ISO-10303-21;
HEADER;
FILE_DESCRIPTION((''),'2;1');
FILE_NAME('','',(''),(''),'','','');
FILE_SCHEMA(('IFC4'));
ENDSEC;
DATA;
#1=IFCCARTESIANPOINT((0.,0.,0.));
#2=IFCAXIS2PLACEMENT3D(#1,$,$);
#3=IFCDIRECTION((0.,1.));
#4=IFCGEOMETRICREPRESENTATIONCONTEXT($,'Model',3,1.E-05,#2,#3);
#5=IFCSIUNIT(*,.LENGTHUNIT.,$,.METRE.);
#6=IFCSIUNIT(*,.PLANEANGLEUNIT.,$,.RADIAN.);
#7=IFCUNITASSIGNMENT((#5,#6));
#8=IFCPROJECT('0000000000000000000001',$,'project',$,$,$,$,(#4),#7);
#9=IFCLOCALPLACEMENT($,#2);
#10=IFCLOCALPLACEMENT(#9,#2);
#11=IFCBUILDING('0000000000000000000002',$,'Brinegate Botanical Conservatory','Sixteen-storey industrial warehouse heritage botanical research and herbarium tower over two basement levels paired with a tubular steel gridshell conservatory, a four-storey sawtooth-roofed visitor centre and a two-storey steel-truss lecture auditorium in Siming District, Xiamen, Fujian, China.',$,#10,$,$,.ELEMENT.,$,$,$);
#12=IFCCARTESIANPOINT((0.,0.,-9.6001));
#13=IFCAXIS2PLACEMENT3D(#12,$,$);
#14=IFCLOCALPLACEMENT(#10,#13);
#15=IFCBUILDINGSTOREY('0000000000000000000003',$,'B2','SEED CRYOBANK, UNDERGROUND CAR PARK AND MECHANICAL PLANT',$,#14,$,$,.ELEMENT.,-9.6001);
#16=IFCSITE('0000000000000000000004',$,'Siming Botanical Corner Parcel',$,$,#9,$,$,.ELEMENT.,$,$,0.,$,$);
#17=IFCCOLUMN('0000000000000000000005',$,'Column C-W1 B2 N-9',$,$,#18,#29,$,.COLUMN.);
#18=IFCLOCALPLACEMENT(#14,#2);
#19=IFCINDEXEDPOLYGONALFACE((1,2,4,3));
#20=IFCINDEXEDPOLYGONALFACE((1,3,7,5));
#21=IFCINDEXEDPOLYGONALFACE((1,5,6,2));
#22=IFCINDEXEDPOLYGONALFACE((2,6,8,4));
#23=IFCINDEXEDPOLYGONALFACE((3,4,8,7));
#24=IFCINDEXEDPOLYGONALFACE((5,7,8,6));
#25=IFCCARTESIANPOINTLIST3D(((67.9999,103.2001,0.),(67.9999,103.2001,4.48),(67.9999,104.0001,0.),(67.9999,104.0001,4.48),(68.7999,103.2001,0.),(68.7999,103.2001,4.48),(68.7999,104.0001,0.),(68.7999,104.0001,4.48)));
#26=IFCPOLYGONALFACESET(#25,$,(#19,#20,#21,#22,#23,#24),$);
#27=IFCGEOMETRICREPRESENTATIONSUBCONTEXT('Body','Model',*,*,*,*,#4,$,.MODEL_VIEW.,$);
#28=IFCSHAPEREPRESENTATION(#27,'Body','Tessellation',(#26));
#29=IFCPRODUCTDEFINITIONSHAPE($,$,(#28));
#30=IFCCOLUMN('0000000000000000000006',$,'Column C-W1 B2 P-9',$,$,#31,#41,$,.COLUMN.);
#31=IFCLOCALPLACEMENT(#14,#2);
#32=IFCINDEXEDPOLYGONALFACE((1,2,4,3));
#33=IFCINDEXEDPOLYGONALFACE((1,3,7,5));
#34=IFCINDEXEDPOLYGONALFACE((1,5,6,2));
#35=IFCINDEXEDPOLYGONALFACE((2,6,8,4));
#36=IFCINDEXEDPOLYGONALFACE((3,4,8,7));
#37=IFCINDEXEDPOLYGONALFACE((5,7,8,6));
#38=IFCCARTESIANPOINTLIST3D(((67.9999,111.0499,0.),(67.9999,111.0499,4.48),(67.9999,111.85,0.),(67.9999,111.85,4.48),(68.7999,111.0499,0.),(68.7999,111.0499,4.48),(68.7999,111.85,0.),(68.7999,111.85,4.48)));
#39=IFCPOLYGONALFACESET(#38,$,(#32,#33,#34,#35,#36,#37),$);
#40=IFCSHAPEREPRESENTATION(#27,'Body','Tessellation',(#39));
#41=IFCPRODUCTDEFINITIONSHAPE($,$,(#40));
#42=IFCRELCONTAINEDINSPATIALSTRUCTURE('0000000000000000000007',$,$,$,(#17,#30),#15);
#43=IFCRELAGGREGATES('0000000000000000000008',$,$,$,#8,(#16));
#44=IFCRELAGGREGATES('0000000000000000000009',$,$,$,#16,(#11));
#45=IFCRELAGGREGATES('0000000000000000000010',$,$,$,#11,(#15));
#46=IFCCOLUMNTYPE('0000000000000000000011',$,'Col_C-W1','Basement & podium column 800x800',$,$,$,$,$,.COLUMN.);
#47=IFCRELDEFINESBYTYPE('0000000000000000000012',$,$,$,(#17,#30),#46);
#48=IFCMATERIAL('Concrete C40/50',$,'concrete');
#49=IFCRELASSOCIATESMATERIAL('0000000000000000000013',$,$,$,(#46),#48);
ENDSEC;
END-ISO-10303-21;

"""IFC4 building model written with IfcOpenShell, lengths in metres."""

from ifc_helpers import new_model, si_unit, direction, frame, origin, origin_2d, place, context, subcontext, project, spatial, rectangle, extrude, material, material_profile, profile_set, type_object, element, save


model = new_model("IFC4")

# Units and contexts
model_context = context("Model", 3, precision=1e-05, world=origin(), true_north=direction((0.0, 1.0)))
body_context = subcontext(model_context, "Body", "Model", "MODEL_VIEW")
ifc_project = project(units=[si_unit("LENGTHUNIT", "METRE"), si_unit("PLANEANGLEUNIT", "RADIAN")], contexts=[model_context])

# Site, building, storey
site_placement = place(None, origin())
site = spatial("IfcSite", under=ifc_project, at=site_placement, Name="Siming Botanical Corner Parcel", CompositionType="ELEMENT", RefElevation=0.0)
building_placement = place(site_placement, origin())
building = spatial("IfcBuilding", under=site, at=building_placement, Name="Brinegate Botanical Conservatory", Description="Sixteen-storey industrial warehouse heritage botanical research and herbarium tower over two basement levels paired with a tubular steel gridshell conservatory, a four-storey sawtooth-roofed visitor centre and a two-storey steel-truss lecture auditorium in Siming District, Xiamen, Fujian, China.", CompositionType="ELEMENT")
storey_placement = place(building_placement, frame((0.0, 0.0, -9.6001)))
storey = spatial("IfcBuildingStorey", under=building, at=storey_placement, Name="B2", Description="SEED CRYOBANK, UNDERGROUND CAR PARK AND MECHANICAL PLANT", CompositionType="ELEMENT", Elevation=-9.6001)

# Shared definitions
ifc_material = material(Name="Concrete C40/50", Category="concrete")

# Columns
ifc_material_profile_1 = material_profile(ifc_material, rectangle(XDim=0.8, YDim=0.8, at=origin_2d()), Name="RC COL 800x800")
ifc_profile_set_1 = profile_set([ifc_material_profile_1], Name="Concrete C40/50")
column_type = type_object("IfcColumnType", Name="Col_C-W1", Description="Basement & podium column 800x800", PredefinedType="COLUMN", material=ifc_profile_set_1)
for number, where, z_axis, x_axis, name in (
    (1, (68.3999, 103.6001, 0.0), (0.0, 0.0, 1.0), (1.0, 0.0, 0.0), "Column C-W1 B2 N-9"),
    (2, (68.3999, 111.45, 0.0), (0.0, 0.0, 1.0), (1.0, 0.0, 0.0), "Column C-W1 B2 P-9"),
):
    element("IfcColumn", number, at=place(storey_placement, frame(where, z_axis=z_axis, x_axis=x_axis)), inside=storey, type_object=column_type, Name=name, PredefinedType="COLUMN", context=body_context, shape_type="SweptSolid", body=[
        extrude(rectangle(XDim=0.8, YDim=0.8, at=origin_2d()), origin(), (0.0, 0.0, 1.0), 4.48),
    ])

save(model, "model.ifc")
